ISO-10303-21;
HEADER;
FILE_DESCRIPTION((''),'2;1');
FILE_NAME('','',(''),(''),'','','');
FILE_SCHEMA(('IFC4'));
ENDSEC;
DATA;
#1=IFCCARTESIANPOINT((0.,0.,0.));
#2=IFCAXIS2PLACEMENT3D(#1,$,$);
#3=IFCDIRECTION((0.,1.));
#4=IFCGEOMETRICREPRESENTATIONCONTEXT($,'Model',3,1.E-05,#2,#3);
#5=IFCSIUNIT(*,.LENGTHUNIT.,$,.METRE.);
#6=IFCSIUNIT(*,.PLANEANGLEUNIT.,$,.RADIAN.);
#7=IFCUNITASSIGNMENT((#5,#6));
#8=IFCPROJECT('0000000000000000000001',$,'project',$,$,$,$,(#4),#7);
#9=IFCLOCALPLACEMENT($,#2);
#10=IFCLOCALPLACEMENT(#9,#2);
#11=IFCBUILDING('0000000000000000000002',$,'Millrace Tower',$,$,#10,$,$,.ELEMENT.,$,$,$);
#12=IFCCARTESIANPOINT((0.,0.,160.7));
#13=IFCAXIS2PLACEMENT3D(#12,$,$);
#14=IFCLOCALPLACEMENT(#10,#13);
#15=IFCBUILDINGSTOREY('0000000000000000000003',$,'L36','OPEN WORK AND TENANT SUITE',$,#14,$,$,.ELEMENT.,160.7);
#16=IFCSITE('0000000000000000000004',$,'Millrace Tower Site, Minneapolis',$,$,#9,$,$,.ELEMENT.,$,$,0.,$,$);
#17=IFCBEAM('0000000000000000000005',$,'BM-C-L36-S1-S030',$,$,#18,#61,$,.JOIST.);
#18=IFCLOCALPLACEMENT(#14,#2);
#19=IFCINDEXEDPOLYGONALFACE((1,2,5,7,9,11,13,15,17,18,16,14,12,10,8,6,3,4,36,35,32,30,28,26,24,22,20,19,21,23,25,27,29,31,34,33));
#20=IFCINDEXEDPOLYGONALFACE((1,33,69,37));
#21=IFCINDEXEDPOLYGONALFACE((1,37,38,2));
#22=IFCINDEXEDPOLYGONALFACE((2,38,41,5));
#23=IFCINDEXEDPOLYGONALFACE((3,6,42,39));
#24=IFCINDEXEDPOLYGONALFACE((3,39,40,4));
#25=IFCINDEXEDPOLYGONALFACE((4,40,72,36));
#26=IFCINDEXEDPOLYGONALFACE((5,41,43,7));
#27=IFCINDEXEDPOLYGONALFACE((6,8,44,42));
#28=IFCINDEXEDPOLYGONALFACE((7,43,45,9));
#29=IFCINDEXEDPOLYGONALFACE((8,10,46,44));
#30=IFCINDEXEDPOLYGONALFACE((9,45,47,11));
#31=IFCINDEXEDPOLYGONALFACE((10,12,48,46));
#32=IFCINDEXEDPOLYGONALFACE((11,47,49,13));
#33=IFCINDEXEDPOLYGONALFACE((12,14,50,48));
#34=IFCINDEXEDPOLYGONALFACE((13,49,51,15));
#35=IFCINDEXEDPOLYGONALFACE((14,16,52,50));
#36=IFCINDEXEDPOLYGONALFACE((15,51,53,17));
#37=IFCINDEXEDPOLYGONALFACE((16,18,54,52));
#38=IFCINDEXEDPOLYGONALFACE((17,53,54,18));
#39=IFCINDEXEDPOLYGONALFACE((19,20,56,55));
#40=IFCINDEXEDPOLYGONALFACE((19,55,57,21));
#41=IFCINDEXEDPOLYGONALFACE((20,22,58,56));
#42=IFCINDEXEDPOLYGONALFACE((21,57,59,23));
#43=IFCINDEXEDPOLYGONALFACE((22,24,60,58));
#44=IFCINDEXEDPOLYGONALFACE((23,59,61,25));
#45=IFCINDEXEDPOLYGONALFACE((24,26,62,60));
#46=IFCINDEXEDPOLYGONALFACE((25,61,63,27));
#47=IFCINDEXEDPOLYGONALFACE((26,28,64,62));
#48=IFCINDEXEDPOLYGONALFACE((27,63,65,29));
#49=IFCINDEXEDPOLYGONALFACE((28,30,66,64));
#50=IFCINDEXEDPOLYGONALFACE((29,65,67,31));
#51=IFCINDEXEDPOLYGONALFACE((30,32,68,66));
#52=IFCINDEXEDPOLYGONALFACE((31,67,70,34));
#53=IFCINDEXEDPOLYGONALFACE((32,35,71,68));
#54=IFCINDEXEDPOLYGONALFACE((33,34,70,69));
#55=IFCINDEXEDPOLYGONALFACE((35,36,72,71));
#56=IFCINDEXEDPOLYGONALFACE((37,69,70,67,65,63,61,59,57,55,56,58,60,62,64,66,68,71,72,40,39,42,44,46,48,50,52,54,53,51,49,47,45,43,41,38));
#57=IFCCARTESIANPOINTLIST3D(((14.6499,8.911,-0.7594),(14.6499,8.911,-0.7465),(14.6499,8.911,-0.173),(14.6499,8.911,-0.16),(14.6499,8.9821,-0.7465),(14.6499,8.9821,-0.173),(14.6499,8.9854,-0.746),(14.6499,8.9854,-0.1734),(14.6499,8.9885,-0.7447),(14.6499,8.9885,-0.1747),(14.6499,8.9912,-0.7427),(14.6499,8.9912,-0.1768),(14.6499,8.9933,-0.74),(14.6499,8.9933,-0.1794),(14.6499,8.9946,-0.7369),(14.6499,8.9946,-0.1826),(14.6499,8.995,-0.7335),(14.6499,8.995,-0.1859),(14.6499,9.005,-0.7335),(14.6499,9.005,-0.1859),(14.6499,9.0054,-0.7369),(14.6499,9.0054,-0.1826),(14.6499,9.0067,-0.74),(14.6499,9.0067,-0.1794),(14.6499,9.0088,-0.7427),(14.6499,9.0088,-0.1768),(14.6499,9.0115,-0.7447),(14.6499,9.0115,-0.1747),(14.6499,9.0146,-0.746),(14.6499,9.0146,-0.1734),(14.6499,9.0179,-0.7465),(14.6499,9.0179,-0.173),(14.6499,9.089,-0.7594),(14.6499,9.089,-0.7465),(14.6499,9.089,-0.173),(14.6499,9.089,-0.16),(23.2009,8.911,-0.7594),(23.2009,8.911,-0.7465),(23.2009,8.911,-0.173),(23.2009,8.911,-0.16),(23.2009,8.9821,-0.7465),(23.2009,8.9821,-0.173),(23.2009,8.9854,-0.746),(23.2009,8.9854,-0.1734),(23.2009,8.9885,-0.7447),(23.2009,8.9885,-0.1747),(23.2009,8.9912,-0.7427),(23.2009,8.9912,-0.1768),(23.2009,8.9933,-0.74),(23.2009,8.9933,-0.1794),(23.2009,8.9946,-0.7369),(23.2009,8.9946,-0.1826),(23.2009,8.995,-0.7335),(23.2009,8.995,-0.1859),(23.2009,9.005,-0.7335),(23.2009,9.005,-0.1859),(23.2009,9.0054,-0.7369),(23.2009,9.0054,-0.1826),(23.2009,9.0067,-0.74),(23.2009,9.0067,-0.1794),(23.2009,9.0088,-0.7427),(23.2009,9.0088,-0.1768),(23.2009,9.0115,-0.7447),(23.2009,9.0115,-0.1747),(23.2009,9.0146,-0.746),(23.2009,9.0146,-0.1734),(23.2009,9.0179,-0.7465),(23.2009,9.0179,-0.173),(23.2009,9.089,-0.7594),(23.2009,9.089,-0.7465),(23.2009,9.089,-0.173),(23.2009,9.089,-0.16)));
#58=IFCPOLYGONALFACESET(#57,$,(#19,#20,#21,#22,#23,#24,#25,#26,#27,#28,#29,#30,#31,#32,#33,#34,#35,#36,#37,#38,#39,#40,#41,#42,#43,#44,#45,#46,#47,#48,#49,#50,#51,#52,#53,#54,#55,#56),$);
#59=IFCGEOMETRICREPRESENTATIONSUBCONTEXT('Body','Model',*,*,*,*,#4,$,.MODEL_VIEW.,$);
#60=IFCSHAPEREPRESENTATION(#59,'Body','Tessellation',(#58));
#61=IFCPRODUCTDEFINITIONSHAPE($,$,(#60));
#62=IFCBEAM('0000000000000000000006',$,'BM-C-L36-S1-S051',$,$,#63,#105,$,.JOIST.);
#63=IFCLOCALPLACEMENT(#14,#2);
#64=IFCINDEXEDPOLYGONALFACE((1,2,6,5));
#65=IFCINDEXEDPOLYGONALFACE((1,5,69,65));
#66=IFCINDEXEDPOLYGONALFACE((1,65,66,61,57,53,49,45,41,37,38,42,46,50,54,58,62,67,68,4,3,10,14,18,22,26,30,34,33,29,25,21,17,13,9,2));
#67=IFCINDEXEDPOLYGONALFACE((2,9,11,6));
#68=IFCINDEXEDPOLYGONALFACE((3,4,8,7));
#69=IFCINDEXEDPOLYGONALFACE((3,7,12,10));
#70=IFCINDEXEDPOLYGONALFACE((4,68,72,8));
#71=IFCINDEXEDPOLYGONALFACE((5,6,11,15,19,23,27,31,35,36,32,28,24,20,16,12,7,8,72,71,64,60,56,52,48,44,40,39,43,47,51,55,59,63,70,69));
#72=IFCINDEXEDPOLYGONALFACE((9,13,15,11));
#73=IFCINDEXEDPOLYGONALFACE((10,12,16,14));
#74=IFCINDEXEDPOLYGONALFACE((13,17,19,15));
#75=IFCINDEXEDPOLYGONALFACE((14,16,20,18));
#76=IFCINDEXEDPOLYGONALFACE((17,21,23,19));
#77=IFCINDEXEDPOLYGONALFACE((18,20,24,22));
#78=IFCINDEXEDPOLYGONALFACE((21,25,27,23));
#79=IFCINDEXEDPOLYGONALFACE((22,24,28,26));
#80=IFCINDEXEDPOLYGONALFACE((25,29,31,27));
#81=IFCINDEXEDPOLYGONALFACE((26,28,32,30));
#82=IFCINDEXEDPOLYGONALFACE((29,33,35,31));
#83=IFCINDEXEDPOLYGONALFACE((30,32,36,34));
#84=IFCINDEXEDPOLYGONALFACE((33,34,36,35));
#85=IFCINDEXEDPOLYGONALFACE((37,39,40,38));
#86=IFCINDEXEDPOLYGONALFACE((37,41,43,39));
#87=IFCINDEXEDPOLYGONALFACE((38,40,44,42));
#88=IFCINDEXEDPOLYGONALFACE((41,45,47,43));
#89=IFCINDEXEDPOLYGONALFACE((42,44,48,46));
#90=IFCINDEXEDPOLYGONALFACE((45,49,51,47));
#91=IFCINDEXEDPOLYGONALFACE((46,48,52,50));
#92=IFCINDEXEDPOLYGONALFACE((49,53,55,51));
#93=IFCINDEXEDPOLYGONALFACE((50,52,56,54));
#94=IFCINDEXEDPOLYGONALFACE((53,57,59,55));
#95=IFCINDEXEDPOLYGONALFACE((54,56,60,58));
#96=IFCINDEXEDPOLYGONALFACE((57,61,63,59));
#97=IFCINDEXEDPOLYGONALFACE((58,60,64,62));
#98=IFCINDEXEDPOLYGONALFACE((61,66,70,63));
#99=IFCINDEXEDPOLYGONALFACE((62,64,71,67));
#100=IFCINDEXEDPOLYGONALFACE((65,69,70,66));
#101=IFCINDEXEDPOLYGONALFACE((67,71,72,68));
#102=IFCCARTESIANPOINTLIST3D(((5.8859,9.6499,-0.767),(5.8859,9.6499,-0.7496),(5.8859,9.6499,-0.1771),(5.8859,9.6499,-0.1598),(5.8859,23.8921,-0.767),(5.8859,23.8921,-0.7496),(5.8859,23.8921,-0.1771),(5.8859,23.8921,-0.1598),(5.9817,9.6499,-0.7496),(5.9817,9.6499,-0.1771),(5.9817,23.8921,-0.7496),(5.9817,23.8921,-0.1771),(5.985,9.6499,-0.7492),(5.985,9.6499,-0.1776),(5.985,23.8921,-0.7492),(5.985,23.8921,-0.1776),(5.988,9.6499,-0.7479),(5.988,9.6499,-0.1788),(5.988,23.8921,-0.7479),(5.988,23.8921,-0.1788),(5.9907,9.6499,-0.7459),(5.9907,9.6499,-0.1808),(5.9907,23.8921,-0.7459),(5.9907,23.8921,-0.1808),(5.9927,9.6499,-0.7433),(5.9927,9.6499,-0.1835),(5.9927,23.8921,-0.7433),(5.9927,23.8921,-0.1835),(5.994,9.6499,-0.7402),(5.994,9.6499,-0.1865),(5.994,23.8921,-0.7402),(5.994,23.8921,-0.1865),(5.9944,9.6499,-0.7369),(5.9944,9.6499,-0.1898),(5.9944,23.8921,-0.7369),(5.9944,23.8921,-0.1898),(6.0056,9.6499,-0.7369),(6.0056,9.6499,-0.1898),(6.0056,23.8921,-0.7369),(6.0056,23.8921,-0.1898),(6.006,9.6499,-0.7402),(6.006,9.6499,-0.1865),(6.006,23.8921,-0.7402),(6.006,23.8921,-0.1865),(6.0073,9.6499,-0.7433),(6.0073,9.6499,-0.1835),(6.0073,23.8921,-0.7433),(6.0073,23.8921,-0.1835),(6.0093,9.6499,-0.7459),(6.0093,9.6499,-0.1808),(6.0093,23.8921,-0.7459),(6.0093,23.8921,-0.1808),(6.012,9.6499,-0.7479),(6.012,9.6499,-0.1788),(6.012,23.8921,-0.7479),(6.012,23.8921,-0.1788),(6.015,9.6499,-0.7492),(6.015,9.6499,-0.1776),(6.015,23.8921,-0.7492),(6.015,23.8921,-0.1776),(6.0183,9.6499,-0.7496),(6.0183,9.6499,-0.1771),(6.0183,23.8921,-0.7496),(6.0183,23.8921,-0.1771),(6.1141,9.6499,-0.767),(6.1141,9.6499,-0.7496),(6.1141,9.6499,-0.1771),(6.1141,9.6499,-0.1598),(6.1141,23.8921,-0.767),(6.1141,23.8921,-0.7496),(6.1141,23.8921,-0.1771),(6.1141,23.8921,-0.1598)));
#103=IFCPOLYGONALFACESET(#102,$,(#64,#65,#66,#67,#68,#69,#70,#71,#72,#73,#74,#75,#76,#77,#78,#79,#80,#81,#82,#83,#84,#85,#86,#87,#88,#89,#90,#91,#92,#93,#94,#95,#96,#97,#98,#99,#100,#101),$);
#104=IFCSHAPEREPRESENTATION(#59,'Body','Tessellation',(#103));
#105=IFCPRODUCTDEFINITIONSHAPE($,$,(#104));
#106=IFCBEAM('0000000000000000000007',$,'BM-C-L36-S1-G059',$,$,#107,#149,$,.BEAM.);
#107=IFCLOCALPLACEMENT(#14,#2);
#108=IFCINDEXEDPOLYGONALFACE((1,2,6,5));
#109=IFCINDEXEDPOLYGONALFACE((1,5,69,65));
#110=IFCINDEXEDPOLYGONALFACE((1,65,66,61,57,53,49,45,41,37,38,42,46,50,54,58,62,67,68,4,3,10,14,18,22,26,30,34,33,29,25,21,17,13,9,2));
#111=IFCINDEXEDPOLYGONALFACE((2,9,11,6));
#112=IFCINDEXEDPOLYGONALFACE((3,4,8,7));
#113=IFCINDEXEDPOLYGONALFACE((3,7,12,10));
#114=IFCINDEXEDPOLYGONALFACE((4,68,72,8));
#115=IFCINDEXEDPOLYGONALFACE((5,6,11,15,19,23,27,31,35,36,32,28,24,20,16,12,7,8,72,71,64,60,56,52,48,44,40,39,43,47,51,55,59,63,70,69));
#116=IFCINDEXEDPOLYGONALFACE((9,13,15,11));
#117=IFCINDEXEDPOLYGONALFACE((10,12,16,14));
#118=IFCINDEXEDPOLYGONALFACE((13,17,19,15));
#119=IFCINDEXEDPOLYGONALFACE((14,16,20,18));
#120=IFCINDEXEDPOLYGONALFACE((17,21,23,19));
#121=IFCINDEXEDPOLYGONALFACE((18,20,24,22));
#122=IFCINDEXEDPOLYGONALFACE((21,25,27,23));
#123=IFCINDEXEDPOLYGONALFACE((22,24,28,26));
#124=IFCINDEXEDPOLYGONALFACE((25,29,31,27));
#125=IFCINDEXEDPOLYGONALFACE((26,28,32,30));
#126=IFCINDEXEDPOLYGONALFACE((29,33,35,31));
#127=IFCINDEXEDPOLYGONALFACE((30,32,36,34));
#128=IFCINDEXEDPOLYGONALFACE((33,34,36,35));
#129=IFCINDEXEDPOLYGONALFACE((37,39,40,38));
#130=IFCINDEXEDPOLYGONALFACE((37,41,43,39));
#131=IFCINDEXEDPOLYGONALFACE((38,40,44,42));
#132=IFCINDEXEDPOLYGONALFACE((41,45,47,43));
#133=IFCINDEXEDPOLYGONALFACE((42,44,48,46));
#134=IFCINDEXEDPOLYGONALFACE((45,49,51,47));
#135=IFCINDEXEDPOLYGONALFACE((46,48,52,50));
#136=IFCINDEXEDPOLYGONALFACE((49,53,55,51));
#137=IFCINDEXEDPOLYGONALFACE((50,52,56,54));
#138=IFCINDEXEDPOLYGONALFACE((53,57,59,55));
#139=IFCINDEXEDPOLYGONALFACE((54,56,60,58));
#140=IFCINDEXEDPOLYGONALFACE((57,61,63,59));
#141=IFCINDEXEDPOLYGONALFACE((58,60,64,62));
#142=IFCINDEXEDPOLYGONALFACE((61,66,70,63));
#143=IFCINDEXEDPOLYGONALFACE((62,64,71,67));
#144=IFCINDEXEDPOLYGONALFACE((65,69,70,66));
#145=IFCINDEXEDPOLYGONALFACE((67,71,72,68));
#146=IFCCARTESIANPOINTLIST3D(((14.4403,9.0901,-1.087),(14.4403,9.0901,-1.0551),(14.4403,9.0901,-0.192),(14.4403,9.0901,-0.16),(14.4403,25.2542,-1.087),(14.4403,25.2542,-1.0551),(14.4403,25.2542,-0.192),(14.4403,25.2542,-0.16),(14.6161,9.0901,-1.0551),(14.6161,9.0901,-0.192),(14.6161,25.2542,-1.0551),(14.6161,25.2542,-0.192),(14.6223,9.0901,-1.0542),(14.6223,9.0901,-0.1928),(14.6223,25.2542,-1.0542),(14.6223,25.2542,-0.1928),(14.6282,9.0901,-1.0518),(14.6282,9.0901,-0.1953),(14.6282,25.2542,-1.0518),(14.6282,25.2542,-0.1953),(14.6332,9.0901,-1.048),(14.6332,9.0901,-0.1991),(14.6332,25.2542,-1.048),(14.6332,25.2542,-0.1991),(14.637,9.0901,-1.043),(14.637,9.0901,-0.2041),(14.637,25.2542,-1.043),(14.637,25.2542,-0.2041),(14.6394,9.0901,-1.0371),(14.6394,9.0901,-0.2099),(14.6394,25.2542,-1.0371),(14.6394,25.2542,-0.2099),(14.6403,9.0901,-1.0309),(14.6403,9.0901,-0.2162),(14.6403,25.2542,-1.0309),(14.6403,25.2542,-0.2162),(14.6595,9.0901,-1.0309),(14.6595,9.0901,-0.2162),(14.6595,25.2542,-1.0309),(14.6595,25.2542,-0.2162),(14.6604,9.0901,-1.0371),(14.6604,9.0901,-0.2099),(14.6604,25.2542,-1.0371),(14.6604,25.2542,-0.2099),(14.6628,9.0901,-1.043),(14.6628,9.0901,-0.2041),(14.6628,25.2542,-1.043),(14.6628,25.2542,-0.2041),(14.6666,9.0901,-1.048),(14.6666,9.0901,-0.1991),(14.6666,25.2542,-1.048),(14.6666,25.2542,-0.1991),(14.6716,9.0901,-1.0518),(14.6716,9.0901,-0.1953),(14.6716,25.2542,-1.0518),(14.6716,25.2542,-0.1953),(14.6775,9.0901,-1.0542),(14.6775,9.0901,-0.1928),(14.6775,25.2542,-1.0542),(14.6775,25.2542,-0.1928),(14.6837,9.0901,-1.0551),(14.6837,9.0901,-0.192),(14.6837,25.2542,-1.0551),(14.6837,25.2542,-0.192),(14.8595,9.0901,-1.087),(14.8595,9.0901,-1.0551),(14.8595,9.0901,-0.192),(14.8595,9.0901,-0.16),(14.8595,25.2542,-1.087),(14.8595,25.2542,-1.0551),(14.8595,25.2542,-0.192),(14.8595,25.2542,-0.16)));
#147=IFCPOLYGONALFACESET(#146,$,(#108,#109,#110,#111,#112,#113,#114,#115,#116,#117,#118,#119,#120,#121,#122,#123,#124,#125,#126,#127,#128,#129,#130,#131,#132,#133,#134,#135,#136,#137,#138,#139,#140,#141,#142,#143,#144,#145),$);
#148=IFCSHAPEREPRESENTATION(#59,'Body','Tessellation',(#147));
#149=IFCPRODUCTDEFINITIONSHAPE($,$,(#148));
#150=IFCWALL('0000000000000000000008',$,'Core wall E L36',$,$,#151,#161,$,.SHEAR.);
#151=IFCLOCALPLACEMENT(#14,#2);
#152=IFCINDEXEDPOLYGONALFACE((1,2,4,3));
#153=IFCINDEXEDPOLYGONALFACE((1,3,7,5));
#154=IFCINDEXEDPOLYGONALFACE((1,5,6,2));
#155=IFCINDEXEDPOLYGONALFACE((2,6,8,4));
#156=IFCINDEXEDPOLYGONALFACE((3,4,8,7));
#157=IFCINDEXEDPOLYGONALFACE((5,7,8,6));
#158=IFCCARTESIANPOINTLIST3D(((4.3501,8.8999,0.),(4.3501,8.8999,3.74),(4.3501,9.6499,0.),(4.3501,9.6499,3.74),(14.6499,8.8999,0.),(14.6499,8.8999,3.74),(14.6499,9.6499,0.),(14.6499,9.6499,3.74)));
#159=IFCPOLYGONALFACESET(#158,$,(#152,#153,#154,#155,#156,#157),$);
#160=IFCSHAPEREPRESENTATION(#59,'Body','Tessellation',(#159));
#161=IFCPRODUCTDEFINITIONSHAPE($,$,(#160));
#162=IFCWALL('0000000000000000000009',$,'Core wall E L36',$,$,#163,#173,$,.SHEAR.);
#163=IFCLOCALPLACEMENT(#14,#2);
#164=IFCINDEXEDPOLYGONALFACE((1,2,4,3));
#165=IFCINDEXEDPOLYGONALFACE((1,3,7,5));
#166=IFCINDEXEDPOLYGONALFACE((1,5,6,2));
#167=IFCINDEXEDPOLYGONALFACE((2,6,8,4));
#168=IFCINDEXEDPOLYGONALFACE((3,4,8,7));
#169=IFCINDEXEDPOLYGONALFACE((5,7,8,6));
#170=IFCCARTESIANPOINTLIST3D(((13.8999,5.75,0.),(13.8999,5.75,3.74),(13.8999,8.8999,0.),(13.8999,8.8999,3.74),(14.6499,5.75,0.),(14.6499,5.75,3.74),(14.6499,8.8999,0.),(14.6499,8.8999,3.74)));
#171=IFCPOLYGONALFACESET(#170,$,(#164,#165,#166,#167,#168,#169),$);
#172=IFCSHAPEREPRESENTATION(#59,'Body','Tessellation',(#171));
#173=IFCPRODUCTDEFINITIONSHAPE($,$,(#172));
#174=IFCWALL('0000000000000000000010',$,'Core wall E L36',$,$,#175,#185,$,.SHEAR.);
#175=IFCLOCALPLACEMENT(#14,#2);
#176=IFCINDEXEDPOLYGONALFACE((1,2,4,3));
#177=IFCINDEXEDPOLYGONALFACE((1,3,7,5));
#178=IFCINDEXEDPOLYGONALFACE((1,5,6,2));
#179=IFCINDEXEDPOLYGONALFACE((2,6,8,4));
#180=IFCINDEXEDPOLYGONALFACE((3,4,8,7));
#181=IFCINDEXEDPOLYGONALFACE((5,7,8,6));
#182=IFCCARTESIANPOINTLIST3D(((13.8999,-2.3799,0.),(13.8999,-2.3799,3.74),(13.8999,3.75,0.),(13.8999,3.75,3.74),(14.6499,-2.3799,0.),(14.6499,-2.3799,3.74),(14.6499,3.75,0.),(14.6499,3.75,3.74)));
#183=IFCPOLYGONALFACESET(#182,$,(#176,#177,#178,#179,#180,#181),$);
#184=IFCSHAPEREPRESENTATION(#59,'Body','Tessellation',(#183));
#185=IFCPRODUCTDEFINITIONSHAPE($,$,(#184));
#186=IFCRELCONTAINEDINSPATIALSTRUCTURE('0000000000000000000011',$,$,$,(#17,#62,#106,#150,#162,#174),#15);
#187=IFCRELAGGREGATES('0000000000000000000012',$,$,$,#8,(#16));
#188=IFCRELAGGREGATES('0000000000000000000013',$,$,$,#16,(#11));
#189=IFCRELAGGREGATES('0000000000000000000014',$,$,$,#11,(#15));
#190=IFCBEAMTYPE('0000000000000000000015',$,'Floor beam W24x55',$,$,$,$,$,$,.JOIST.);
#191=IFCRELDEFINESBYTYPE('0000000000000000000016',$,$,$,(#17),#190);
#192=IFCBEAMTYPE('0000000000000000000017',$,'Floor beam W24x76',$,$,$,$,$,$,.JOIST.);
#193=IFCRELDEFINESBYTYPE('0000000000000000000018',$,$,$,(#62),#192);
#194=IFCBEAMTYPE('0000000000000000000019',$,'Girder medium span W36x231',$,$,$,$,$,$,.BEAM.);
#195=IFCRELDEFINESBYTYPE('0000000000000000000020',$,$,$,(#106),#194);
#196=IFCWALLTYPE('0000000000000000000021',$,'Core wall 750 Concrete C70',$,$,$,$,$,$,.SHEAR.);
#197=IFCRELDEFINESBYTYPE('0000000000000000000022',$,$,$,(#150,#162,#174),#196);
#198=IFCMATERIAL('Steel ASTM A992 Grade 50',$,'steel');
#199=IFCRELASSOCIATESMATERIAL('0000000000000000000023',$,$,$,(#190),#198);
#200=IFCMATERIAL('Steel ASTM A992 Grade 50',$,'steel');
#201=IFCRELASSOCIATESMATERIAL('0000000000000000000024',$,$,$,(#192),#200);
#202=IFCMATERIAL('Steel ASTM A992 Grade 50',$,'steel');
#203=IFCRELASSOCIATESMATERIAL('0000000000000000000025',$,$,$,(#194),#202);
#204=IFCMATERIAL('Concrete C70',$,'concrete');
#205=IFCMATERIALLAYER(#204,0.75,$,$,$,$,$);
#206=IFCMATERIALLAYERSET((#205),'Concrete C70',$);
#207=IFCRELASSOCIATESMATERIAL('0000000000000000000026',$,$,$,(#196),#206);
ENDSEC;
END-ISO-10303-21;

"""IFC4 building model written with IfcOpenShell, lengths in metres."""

from ifc_helpers import new_model, si_unit, direction, frame, frame_2d, origin, origin_2d, place, context, subcontext, project, spatial, rectangle, i_section, extrude, material, layer, layer_set, material_profile, profile_set, type_object, element, save


model = new_model("IFC4")

# Units and contexts
model_context = context("Model", 3, precision=1e-05, world=origin(), true_north=direction((0.0, 1.0)))
body_context = subcontext(model_context, "Body", "Model", "MODEL_VIEW")
ifc_project = project(units=[si_unit("LENGTHUNIT", "METRE"), si_unit("PLANEANGLEUNIT", "RADIAN")], contexts=[model_context])

# Site, building, storey
site_placement = place(None, origin())
site = spatial("IfcSite", under=ifc_project, at=site_placement, Name="Millrace Tower Site, Minneapolis", CompositionType="ELEMENT", RefElevation=0.0)
building_placement = place(site_placement, origin())
building = spatial("IfcBuilding", under=site, at=building_placement, Name="Millrace Tower", CompositionType="ELEMENT")
storey_placement = place(building_placement, frame((0.0, 0.0, 160.7)))
storey = spatial("IfcBuildingStorey", under=building, at=storey_placement, Name="L36", Description="OPEN WORK AND TENANT SUITE", CompositionType="ELEMENT", Elevation=160.7)

# Beams
ifc_material_1 = material(Name="Steel ASTM A992 Grade 50", Category="steel")
ifc_material_profile_1 = material_profile(ifc_material_1, i_section(OverallWidth=0.178, OverallDepth=0.5994, WebThickness=0.01, FlangeThickness=0.0129, FilletRadius=0.0129, at=origin_2d()))
ifc_profile_set_1 = profile_set([ifc_material_profile_1], Name="Steel ASTM A992 Grade 50")
beam_type_1 = type_object("IfcBeamType", Name="Floor beam W24x55", PredefinedType="JOIST", material=ifc_profile_set_1)
beam_1_placement = place(storey_placement, frame((14.6499, 9.0, -0.4597), z_axis=(1.0, 0.0, 0.0), x_axis=(0.0, 1.0, 0.0)))
element("IfcBeam", 1, at=beam_1_placement, inside=storey, type_object=beam_type_1, Name="BM-C-L36-S1-S030", PredefinedType="JOIST", context=body_context, shape_type="SweptSolid", body=[
    extrude(i_section(OverallWidth=0.178, OverallDepth=0.5994, WebThickness=0.01, FlangeThickness=0.0129, FilletRadius=0.0129, at=origin_2d()), origin(), (0.0, 0.0, 1.0), 8.551),
])
ifc_material_2 = material(Name="Steel ASTM A992 Grade 50", Category="steel")
ifc_material_profile_2 = material_profile(ifc_material_2, i_section(OverallWidth=0.2283, OverallDepth=0.6072, WebThickness=0.0112, FlangeThickness=0.0173, FilletRadius=0.0127, at=origin_2d()))
ifc_profile_set_2 = profile_set([ifc_material_profile_2], Name="Steel ASTM A992 Grade 50")
beam_type_2 = type_object("IfcBeamType", Name="Floor beam W24x76", PredefinedType="JOIST", material=ifc_profile_set_2)
beam_2_placement = place(storey_placement, frame((6.0, 9.6499, -0.4634), z_axis=(0.0, 1.0, 0.0), x_axis=(-1.0, 0.0, 0.0)))
element("IfcBeam", 2, at=beam_2_placement, inside=storey, type_object=beam_type_2, Name="BM-C-L36-S1-S051", PredefinedType="JOIST", context=body_context, shape_type="SweptSolid", body=[
    extrude(i_section(OverallWidth=0.2283, OverallDepth=0.6072, WebThickness=0.0112, FlangeThickness=0.0173, FilletRadius=0.0127, at=origin_2d()), origin(), (0.0, 0.0, 1.0), 14.2422),
])
ifc_material_3 = material(Name="Steel ASTM A992 Grade 50", Category="steel")
ifc_material_profile_3 = material_profile(ifc_material_3, i_section(OverallWidth=0.4192, OverallDepth=0.927, WebThickness=0.0193, FlangeThickness=0.032, FilletRadius=0.0242, at=origin_2d()))
ifc_profile_set_3 = profile_set([ifc_material_profile_3], Name="Steel ASTM A992 Grade 50")
beam_type_3 = type_object("IfcBeamType", Name="Girder medium span W36x231", PredefinedType="BEAM", material=ifc_profile_set_3)
beam_3_placement = place(storey_placement, frame((14.6499, 9.0901, -0.6235), z_axis=(0.0, 1.0, 0.0), x_axis=(-1.0, 0.0, 0.0)))
element("IfcBeam", 3, at=beam_3_placement, inside=storey, type_object=beam_type_3, Name="BM-C-L36-S1-G059", PredefinedType="BEAM", context=body_context, shape_type="SweptSolid", body=[
    extrude(i_section(OverallWidth=0.4192, OverallDepth=0.927, WebThickness=0.0193, FlangeThickness=0.032, FilletRadius=0.0242, at=origin_2d()), origin(), (0.0, 0.0, 1.0), 16.1641),
])

# Walls
ifc_material_4 = material(Name="Concrete C70", Category="concrete")
ifc_layer_1 = layer(ifc_material_4, 0.75)
ifc_layer_set_1 = layer_set([ifc_layer_1], Name="Concrete C70")
wall_type_1 = type_object("IfcWallType", Name="Core wall 750 Concrete C70", PredefinedType="SHEAR", material=ifc_layer_set_1)
wall_1_placement = place(storey_placement, frame((14.6499, 9.2749, 0.0), z_axis=(0.0, 0.0, 1.0), x_axis=(-1.0, 0.0, 0.0)))
element("IfcWall", 4, at=wall_1_placement, inside=storey, type_object=wall_type_1, Name="Core wall E L36", PredefinedType="SHEAR", context=body_context, shape_type="SweptSolid", body=[
    extrude(rectangle(XDim=10.2998, YDim=0.75, at=frame_2d((5.1499, 0.0))), origin(), (0.0, 0.0, 1.0), 3.74),
])
wall_2_placement = place(storey_placement, frame((14.2749, 8.8999, 0.0), z_axis=(0.0, 0.0, 1.0), x_axis=(0.0, -1.0, 0.0)))
element("IfcWall", 5, at=wall_2_placement, inside=storey, type_object=wall_type_1, Name="Core wall E L36", PredefinedType="SHEAR", context=body_context, shape_type="SweptSolid", body=[
    extrude(rectangle(XDim=3.1499, YDim=0.75, at=frame_2d((1.575, 0.0))), origin(), (0.0, 0.0, 1.0), 3.74),
])
wall_3_placement = place(storey_placement, frame((14.2749, 3.75, 0.0), z_axis=(0.0, 0.0, 1.0), x_axis=(0.0, -1.0, 0.0)))
element("IfcWall", 6, at=wall_3_placement, inside=storey, type_object=wall_type_1, Name="Core wall E L36", PredefinedType="SHEAR", context=body_context, shape_type="SweptSolid", body=[
    extrude(rectangle(XDim=6.1299, YDim=0.75, at=frame_2d((3.0649, 0.0))), origin(), (0.0, 0.0, 1.0), 3.74),
])

save(model, "model.ifc")
